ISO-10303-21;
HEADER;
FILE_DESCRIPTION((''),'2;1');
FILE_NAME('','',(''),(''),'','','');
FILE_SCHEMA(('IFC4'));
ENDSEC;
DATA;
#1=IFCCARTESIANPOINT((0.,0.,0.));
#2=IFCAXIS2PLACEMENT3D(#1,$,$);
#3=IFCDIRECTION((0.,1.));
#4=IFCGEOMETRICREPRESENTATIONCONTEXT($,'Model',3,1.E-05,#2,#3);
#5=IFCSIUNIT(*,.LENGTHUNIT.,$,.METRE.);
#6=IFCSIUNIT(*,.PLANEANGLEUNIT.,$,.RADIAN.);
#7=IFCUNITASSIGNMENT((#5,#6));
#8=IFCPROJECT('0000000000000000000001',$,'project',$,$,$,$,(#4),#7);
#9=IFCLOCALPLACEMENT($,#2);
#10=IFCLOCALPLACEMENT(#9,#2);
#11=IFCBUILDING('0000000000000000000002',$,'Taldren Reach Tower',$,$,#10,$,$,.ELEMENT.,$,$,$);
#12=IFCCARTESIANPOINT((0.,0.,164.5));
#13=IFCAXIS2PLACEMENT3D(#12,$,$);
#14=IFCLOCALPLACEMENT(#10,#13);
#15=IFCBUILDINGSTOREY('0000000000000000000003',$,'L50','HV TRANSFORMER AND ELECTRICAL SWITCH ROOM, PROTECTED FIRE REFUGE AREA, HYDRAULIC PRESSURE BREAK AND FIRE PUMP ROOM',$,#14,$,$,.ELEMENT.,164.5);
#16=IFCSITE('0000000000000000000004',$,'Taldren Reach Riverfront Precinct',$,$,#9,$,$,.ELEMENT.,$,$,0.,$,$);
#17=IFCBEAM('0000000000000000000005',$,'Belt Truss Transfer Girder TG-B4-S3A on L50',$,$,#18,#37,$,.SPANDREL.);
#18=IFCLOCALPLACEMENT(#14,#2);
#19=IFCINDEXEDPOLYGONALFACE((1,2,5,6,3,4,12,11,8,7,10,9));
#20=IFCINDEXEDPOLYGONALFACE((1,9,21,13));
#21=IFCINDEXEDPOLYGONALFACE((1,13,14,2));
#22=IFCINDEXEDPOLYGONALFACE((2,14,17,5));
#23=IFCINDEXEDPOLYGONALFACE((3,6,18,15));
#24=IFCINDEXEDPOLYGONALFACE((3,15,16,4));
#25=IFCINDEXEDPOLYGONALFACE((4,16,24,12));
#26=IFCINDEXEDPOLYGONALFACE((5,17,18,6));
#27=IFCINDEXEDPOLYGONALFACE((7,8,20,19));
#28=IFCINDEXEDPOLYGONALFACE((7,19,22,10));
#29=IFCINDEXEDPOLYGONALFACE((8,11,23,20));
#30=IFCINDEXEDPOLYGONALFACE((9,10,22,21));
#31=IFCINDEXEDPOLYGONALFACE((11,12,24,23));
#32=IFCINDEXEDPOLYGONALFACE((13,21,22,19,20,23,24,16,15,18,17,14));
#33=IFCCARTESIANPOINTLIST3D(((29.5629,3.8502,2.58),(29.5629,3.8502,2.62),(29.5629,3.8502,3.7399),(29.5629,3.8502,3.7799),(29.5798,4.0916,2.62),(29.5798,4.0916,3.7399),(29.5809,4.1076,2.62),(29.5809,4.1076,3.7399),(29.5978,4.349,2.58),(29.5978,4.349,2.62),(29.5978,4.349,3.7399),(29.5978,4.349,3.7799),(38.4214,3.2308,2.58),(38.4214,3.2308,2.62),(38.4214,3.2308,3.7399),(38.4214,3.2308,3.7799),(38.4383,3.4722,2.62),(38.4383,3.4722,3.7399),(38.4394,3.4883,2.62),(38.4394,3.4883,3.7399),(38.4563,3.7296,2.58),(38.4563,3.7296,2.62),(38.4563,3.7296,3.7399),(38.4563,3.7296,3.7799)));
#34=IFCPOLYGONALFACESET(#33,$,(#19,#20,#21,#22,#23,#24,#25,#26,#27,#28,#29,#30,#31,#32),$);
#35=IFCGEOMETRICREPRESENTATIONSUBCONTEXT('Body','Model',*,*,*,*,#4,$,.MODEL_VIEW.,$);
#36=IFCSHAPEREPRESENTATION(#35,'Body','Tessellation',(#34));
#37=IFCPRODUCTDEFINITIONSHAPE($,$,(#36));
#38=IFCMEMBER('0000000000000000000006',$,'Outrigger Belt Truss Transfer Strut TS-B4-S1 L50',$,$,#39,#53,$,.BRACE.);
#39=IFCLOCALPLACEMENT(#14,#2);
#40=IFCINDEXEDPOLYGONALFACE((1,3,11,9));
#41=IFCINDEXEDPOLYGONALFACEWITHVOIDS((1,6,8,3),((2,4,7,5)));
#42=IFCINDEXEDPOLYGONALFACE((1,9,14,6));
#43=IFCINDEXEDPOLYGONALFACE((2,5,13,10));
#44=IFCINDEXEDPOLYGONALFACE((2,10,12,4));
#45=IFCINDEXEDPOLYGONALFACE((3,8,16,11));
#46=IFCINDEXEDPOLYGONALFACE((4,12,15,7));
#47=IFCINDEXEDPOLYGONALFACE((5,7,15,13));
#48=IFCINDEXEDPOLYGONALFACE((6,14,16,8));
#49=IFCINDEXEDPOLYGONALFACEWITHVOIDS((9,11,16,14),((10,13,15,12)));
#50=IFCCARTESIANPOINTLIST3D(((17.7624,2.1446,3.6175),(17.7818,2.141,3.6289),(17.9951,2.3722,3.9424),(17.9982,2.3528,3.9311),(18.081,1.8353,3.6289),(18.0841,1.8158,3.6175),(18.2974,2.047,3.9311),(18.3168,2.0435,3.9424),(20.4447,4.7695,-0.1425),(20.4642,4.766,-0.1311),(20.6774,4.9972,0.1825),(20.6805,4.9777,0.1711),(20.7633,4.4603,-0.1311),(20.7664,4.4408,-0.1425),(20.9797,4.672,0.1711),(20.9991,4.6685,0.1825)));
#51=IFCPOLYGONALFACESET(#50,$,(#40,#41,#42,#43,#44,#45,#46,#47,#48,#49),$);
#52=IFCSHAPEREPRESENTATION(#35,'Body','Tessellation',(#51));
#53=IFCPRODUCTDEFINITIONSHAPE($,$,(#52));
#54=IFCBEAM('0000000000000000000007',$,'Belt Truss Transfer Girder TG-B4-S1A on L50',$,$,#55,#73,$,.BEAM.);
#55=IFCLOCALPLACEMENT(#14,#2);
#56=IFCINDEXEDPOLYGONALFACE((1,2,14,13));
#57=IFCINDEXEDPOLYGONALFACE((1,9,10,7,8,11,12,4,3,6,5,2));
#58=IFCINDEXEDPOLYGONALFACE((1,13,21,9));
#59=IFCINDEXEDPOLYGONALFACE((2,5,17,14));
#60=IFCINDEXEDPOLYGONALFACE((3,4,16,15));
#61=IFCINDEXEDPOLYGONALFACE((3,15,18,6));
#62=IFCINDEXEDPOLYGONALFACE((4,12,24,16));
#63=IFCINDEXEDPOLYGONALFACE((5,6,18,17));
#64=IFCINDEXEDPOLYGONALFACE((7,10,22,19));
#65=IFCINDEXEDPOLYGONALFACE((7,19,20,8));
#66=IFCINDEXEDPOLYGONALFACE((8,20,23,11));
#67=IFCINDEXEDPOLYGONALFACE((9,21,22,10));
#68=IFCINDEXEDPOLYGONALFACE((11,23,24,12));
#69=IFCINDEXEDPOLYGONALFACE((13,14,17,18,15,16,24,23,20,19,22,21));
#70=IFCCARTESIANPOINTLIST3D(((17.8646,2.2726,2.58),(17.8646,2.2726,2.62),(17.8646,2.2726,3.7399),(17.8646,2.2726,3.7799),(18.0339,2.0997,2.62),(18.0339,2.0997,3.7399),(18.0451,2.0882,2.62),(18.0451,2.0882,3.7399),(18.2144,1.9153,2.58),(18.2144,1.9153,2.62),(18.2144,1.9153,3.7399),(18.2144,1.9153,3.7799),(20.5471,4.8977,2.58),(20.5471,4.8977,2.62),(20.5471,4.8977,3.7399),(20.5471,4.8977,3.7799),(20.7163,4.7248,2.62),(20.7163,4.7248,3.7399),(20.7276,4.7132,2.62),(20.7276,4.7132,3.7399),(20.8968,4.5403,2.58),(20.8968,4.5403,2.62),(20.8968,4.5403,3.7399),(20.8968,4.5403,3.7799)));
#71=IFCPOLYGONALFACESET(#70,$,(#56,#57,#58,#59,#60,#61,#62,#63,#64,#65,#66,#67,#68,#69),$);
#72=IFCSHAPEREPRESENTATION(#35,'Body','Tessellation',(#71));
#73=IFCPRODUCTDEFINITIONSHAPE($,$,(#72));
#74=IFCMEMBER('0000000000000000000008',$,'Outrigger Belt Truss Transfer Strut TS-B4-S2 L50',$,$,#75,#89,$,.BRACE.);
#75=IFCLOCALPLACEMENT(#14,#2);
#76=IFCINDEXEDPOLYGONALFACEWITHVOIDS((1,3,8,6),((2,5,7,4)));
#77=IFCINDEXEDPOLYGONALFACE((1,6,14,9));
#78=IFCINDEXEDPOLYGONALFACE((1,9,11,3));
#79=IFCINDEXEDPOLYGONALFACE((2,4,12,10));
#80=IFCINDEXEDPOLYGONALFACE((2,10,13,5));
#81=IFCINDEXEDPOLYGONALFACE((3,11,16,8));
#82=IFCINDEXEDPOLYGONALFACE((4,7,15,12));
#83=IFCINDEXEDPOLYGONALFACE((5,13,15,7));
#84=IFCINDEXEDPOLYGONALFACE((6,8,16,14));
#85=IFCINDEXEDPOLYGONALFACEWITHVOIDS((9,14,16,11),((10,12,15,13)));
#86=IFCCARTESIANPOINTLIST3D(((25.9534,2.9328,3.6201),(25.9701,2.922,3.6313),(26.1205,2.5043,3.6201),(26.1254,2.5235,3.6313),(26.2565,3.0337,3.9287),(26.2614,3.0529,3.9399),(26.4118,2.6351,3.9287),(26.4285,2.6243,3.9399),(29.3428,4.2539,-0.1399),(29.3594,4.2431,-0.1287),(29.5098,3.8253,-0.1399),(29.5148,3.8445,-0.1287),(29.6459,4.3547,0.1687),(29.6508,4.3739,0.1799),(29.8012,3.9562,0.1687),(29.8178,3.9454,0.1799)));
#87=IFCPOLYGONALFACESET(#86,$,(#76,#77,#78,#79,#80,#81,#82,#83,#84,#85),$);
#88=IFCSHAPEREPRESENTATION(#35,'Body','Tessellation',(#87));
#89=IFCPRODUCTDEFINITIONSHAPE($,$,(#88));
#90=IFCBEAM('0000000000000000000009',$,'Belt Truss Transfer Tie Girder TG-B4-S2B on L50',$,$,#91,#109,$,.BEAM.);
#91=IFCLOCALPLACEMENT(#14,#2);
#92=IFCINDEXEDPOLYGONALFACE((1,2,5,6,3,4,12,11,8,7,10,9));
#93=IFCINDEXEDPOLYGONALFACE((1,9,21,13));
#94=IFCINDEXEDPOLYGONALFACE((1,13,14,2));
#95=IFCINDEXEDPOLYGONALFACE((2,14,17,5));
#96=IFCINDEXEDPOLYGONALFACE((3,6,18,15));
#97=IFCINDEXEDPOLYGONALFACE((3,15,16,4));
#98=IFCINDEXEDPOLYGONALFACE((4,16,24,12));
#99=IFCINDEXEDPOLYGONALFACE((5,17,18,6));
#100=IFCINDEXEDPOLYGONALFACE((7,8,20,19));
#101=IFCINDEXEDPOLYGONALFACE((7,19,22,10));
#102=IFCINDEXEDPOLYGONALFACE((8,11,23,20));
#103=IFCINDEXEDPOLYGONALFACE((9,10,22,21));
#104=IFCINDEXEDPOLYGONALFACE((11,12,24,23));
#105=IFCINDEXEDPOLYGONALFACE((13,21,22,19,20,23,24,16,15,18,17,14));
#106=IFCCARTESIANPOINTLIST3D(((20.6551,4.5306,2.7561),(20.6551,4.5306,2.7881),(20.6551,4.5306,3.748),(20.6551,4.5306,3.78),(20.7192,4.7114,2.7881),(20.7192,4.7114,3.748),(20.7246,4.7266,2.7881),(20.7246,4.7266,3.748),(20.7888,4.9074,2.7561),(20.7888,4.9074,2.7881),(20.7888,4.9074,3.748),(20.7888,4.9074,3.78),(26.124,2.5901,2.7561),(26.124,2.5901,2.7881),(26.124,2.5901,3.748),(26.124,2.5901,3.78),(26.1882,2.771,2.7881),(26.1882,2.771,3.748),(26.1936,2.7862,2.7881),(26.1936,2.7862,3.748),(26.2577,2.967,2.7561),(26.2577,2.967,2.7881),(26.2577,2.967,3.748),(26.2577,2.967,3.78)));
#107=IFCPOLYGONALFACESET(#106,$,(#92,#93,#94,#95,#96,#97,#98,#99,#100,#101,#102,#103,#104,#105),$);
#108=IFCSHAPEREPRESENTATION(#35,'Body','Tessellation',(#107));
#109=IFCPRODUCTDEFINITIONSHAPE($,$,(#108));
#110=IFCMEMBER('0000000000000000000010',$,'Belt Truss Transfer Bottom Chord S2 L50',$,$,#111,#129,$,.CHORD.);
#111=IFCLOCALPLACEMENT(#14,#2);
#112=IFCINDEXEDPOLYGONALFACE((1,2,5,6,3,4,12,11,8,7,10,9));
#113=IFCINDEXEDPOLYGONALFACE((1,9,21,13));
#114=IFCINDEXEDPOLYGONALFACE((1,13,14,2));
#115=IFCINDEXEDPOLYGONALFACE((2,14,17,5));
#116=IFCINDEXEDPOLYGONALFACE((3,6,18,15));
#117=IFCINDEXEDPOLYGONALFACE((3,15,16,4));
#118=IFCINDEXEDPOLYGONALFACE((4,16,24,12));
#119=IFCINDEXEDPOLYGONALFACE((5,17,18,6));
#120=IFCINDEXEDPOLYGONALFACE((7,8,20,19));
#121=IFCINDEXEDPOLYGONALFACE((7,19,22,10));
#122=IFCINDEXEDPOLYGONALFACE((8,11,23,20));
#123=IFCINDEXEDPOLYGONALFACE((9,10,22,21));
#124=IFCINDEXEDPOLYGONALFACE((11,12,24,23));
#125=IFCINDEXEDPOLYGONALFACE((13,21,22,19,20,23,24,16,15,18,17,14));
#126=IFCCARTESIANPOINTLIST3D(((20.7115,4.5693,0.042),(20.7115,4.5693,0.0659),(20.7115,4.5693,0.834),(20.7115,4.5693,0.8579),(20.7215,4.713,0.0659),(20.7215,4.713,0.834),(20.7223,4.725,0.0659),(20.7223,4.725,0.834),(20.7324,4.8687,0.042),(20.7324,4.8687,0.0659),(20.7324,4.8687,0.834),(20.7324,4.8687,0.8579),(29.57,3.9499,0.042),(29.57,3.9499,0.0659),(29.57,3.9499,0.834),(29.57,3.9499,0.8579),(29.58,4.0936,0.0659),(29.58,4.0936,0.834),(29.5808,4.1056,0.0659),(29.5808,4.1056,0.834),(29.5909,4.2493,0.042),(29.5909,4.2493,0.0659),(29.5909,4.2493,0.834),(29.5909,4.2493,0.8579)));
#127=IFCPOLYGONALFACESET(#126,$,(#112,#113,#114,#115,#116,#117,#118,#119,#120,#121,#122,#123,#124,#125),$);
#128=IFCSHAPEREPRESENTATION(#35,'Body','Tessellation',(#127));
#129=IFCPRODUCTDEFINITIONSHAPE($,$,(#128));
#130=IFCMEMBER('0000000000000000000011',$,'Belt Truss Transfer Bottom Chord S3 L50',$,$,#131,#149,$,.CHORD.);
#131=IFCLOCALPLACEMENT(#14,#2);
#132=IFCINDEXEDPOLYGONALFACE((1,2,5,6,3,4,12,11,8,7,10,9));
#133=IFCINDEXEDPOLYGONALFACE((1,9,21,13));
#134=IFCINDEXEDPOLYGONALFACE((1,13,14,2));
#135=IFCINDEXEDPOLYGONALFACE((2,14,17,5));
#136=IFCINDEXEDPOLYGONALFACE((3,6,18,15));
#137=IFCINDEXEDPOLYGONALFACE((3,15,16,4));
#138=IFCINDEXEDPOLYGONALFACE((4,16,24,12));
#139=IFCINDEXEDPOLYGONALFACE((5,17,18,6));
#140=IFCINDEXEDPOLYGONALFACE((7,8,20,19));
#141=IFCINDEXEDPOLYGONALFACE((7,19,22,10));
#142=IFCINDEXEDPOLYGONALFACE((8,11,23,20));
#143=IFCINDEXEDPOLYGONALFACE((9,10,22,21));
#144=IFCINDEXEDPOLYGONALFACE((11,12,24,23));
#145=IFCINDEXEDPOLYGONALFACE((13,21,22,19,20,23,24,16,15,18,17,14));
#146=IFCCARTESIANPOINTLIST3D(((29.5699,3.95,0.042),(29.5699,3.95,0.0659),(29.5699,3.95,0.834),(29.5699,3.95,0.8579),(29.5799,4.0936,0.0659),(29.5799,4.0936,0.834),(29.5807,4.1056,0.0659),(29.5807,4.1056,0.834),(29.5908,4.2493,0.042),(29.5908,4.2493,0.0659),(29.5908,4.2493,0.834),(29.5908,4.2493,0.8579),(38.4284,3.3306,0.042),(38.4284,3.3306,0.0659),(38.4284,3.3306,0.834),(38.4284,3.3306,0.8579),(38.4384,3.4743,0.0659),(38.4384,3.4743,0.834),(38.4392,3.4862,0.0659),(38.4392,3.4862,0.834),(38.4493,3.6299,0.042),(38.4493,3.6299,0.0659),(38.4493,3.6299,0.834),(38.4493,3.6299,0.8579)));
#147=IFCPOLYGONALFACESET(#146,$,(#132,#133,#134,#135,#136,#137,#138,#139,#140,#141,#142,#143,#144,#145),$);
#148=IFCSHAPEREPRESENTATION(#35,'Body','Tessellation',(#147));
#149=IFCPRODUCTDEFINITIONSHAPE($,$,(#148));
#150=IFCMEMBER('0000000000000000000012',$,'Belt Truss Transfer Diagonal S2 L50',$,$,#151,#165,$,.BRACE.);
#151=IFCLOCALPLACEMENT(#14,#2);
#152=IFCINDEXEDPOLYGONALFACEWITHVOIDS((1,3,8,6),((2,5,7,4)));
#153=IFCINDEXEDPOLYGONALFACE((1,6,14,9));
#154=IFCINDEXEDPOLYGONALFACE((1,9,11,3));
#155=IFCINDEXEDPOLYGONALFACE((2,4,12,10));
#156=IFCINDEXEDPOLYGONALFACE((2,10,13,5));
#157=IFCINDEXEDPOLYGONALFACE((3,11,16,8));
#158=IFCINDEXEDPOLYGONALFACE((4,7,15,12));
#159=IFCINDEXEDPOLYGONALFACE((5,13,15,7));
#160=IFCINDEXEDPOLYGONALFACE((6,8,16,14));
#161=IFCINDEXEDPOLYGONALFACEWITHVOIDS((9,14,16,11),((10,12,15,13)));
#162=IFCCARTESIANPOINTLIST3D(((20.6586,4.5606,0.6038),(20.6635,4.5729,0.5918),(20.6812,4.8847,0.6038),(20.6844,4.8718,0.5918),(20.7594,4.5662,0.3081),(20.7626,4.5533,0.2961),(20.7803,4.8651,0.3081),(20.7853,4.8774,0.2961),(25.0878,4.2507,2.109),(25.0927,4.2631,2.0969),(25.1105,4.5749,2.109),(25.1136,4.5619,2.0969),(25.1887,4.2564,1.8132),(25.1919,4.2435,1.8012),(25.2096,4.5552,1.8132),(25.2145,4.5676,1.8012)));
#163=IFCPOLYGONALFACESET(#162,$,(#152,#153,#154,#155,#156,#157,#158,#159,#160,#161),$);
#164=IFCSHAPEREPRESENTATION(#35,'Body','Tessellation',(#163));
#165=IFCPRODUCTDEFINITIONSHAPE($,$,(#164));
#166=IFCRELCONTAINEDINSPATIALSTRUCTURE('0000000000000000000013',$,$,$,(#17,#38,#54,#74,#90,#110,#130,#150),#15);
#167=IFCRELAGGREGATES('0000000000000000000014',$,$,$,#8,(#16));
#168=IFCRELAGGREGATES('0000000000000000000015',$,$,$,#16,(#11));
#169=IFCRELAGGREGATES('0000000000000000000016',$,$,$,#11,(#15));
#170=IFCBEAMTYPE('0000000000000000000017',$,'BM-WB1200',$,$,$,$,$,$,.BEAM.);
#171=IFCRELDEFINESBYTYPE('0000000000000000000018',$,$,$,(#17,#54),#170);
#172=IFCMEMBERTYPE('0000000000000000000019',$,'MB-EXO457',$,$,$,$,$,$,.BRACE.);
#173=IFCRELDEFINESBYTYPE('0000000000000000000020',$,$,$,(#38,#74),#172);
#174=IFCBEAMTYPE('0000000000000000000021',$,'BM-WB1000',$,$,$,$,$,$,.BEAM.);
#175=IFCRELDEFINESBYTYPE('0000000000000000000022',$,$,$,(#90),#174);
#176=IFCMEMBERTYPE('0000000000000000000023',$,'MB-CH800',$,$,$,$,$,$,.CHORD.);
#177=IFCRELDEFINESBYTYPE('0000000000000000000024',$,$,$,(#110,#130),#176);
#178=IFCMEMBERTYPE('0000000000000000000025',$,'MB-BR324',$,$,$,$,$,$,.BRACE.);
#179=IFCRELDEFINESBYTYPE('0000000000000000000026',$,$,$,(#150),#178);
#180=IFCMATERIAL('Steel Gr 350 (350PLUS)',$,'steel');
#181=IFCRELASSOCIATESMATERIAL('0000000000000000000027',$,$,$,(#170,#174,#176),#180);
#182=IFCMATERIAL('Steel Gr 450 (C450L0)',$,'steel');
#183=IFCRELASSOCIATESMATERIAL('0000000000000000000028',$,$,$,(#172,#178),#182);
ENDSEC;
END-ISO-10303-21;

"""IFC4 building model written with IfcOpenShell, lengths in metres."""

from ifc_helpers import new_model, si_unit, direction, frame, origin, origin_2d, place, context, subcontext, project, spatial, hollow_rectangle, i_section, extrude, source, transform, mapped, material, material_profile, profile_set, type_object, element, save


model = new_model("IFC4")

# Units and contexts
model_context = context("Model", 3, precision=1e-05, world=origin(), true_north=direction((0.0, 1.0)))
body_context = subcontext(model_context, "Body", "Model", "MODEL_VIEW")
ifc_project = project(units=[si_unit("LENGTHUNIT", "METRE"), si_unit("PLANEANGLEUNIT", "RADIAN")], contexts=[model_context])

# Site, building, storey
site_placement = place(None, origin())
site = spatial("IfcSite", under=ifc_project, at=site_placement, Name="Taldren Reach Riverfront Precinct", CompositionType="ELEMENT", RefElevation=0.0)
building_placement = place(site_placement, origin())
building = spatial("IfcBuilding", under=site, at=building_placement, Name="Taldren Reach Tower", CompositionType="ELEMENT")
storey_placement = place(building_placement, frame((0.0, 0.0, 164.5)))
storey = spatial("IfcBuildingStorey", under=building, at=storey_placement, Name="L50", Description="HV TRANSFORMER AND ELECTRICAL SWITCH ROOM, PROTECTED FIRE REFUGE AREA, HYDRAULIC PRESSURE BREAK AND FIRE PUMP ROOM", CompositionType="ELEMENT", Elevation=164.5)

# Shared definitions
ifc_material_1 = material(Name="Steel Gr 350 (350PLUS)", Category="steel")

# Shared definitions
ifc_material_2 = material(Name="Steel Gr 450 (C450L0)", Category="steel")

# Beam
ifc_material_profile_1 = material_profile(ifc_material_1, i_section(OverallWidth=0.5, OverallDepth=1.2, WebThickness=0.0161, FlangeThickness=0.04, at=origin_2d()), Name="1200WB455")
ifc_profile_set_1 = profile_set([ifc_material_profile_1], Name="Steel Gr 350 (350PLUS)")
beam_type_1 = type_object("IfcBeamType", Name="BM-WB1200", PredefinedType="BEAM", material=ifc_profile_set_1)
shared_shape_1 = source(origin(), body_context, "Body", "SweptSolid", [
    extrude(i_section(OverallWidth=0.5, OverallDepth=1.2, WebThickness=0.0161, FlangeThickness=0.04, at=origin_2d()), origin(), (0.0, 0.0, 1.0), 8.8801),
])
beam_1_placement = place(storey_placement, frame((29.5803, 4.0996, 3.1799), z_axis=(0.997564, -0.06975, 0.0), x_axis=(0.06975, 0.997564, 0.0)))
element("IfcBeam", 1, at=beam_1_placement, inside=storey, type_object=beam_type_1, Name="Belt Truss Transfer Girder TG-B4-S3A on L50", PredefinedType="SPANDREL", context=body_context, shape_type="MappedRepresentation", body=[
    mapped(shared_shape_1, transform((0.0, 0.0, 0.0), scale=1.0)),
])

# Member
ifc_material_profile_2 = material_profile(ifc_material_2, hollow_rectangle(XDim=0.46, YDim=0.46, WallThickness=0.0161, at=origin_2d()), Name="460x460x16.0SHS")
ifc_profile_set_2 = profile_set([ifc_material_profile_2], Name="Steel Gr 450 (C450L0)")
member_type_1 = type_object("IfcMemberType", Name="MB-EXO457", PredefinedType="BRACE", material=ifc_profile_set_2)
shared_shape_2 = source(origin(), body_context, "Body", "SweptSolid", [
    extrude(hollow_rectangle(XDim=0.46, YDim=0.46, WallThickness=0.0161, at=origin_2d()), origin(), (0.0, 0.0, 1.0), 5.3125),
])
member_1_placement = place(storey_placement, frame((20.7219, 4.719, 0.02), z_axis=(-0.50491, -0.494111, 0.707757), x_axis=(0.699422, -0.714709, 0.0)))
element("IfcMember", 2, at=member_1_placement, inside=storey, type_object=member_type_1, Name="Outrigger Belt Truss Transfer Strut TS-B4-S1 L50", PredefinedType="BRACE", context=body_context, shape_type="MappedRepresentation", body=[
    mapped(shared_shape_2, transform((0.0, 0.0, 0.0), scale=1.0)),
])

# Beam
shared_shape_3 = source(origin(), body_context, "Body", "SweptSolid", [
    extrude(i_section(OverallWidth=0.5, OverallDepth=1.2, WebThickness=0.0161, FlangeThickness=0.04, at=origin_2d()), origin(), (0.0, 0.0, 1.0), 3.7532),
])
beam_2_placement = place(storey_placement, frame((20.7219, 4.719, 3.1799), z_axis=(-0.714709, -0.699422, 0.0), x_axis=(0.699422, -0.714709, 0.0)))
element("IfcBeam", 3, at=beam_2_placement, inside=storey, type_object=beam_type_1, Name="Belt Truss Transfer Girder TG-B4-S1A on L50", PredefinedType="BEAM", context=body_context, shape_type="MappedRepresentation", body=[
    mapped(shared_shape_3, transform((0.0, 0.0, 0.0), scale=1.0)),
])

# Member
shared_shape_4 = source(origin(), body_context, "Body", "SweptSolid", [
    extrude(hollow_rectangle(XDim=0.46, YDim=0.46, WallThickness=0.0161, at=origin_2d()), origin(), (0.0, 0.0, 1.0), 5.2317),
])
member_2_placement = place(storey_placement, frame((29.5803, 4.0996, 0.02), z_axis=(-0.647857, -0.252507, 0.718695), x_axis=(0.363149, -0.931731, 0.0)))
element("IfcMember", 4, at=member_2_placement, inside=storey, type_object=member_type_1, Name="Outrigger Belt Truss Transfer Strut TS-B4-S2 L50", PredefinedType="BRACE", context=body_context, shape_type="MappedRepresentation", body=[
    mapped(shared_shape_4, transform((0.0, 0.0, 0.0), scale=1.0)),
])

# Beam
ifc_material_profile_3 = material_profile(ifc_material_1, i_section(OverallWidth=0.3999, OverallDepth=1.0239, WebThickness=0.0161, FlangeThickness=0.032, at=origin_2d()), Name="1000WB322")
ifc_profile_set_3 = profile_set([ifc_material_profile_3], Name="Steel Gr 350 (350PLUS)")
beam_type_2 = type_object("IfcBeamType", Name="BM-WB1000", PredefinedType="BEAM", material=ifc_profile_set_3)
shared_shape_5 = source(origin(), body_context, "Body", "SweptSolid", [
    extrude(i_section(OverallWidth=0.3999, OverallDepth=1.0239, WebThickness=0.0161, FlangeThickness=0.032, at=origin_2d()), origin(), (0.0, 0.0, 1.0), 5.803),
])
beam_3_placement = place(storey_placement, frame((20.7219, 4.719, 3.2681), z_axis=(0.942438, -0.334382, 0.0), x_axis=(0.334382, 0.942438, 0.0)))
element("IfcBeam", 5, at=beam_3_placement, inside=storey, type_object=beam_type_2, Name="Belt Truss Transfer Tie Girder TG-B4-S2B on L50", PredefinedType="BEAM", context=body_context, shape_type="MappedRepresentation", body=[
    mapped(shared_shape_5, transform((0.0, 0.0, 0.0), scale=1.0)),
])

# Members
ifc_material_profile_4 = material_profile(ifc_material_1, i_section(OverallWidth=0.3, OverallDepth=0.8159, WebThickness=0.012, FlangeThickness=0.0239, at=origin_2d()), Name="800WB192")
ifc_profile_set_4 = profile_set([ifc_material_profile_4], Name="Steel Gr 350 (350PLUS)")
member_type_2 = type_object("IfcMemberType", Name="MB-CH800", PredefinedType="CHORD", material=ifc_profile_set_4)
shared_shape_6 = source(origin(), body_context, "Body", "SweptSolid", [
    extrude(i_section(OverallWidth=0.3, OverallDepth=0.8159, WebThickness=0.012, FlangeThickness=0.0239, at=origin_2d()), origin(), (0.0, 0.0, 1.0), 8.8801),
])
for number, where, z_axis, x_axis, name in (
    (6, (20.7219, 4.719, 0.45), (0.997564, -0.06975, 0.0), (0.06975, 0.997564, 0.0), "Belt Truss Transfer Bottom Chord S2 L50"),
    (7, (29.5803, 4.0996, 0.45), (0.997564, -0.06975, 0.0), (0.06975, 0.997564, 0.0), "Belt Truss Transfer Bottom Chord S3 L50"),
):
    element("IfcMember", number, at=place(storey_placement, frame(where, z_axis=z_axis, x_axis=x_axis)), inside=storey, type_object=member_type_2, Name=name, PredefinedType="CHORD", context=body_context, shape_type="MappedRepresentation", body=[
        mapped(shared_shape_6, transform((0.0, 0.0, 0.0), scale=1.0)),
    ])
ifc_material_profile_5 = material_profile(ifc_material_2, hollow_rectangle(XDim=0.325, YDim=0.325, WallThickness=0.0127, at=origin_2d()), Name="325x325x12.7SHS")
ifc_profile_set_5 = profile_set([ifc_material_profile_5], Name="Steel Gr 450 (C450L0)")
member_type_3 = type_object("IfcMemberType", Name="MB-BR324", PredefinedType="BRACE", material=ifc_profile_set_5)
shared_shape_7 = source(origin(), body_context, "Body", "SweptSolid", [
    extrude(hollow_rectangle(XDim=0.325, YDim=0.325, WallThickness=0.0127, at=origin_2d()), origin(), (0.0, 0.0, 1.0), 4.6882),
])
for number, where, z_axis, x_axis, name in (
    (8, (20.7219, 4.719, 0.45), (0.944755, -0.066084, 0.321046), (0.069778, 0.997563, 0.0), "Belt Truss Transfer Diagonal S2 L50"),
):
    element("IfcMember", number, at=place(storey_placement, frame(where, z_axis=z_axis, x_axis=x_axis)), inside=storey, type_object=member_type_3, Name=name, PredefinedType="BRACE", context=body_context, shape_type="MappedRepresentation", body=[
        mapped(shared_shape_7, transform((0.0, 0.0, 0.0), scale=1.0)),
    ])

save(model, "model.ifc")
